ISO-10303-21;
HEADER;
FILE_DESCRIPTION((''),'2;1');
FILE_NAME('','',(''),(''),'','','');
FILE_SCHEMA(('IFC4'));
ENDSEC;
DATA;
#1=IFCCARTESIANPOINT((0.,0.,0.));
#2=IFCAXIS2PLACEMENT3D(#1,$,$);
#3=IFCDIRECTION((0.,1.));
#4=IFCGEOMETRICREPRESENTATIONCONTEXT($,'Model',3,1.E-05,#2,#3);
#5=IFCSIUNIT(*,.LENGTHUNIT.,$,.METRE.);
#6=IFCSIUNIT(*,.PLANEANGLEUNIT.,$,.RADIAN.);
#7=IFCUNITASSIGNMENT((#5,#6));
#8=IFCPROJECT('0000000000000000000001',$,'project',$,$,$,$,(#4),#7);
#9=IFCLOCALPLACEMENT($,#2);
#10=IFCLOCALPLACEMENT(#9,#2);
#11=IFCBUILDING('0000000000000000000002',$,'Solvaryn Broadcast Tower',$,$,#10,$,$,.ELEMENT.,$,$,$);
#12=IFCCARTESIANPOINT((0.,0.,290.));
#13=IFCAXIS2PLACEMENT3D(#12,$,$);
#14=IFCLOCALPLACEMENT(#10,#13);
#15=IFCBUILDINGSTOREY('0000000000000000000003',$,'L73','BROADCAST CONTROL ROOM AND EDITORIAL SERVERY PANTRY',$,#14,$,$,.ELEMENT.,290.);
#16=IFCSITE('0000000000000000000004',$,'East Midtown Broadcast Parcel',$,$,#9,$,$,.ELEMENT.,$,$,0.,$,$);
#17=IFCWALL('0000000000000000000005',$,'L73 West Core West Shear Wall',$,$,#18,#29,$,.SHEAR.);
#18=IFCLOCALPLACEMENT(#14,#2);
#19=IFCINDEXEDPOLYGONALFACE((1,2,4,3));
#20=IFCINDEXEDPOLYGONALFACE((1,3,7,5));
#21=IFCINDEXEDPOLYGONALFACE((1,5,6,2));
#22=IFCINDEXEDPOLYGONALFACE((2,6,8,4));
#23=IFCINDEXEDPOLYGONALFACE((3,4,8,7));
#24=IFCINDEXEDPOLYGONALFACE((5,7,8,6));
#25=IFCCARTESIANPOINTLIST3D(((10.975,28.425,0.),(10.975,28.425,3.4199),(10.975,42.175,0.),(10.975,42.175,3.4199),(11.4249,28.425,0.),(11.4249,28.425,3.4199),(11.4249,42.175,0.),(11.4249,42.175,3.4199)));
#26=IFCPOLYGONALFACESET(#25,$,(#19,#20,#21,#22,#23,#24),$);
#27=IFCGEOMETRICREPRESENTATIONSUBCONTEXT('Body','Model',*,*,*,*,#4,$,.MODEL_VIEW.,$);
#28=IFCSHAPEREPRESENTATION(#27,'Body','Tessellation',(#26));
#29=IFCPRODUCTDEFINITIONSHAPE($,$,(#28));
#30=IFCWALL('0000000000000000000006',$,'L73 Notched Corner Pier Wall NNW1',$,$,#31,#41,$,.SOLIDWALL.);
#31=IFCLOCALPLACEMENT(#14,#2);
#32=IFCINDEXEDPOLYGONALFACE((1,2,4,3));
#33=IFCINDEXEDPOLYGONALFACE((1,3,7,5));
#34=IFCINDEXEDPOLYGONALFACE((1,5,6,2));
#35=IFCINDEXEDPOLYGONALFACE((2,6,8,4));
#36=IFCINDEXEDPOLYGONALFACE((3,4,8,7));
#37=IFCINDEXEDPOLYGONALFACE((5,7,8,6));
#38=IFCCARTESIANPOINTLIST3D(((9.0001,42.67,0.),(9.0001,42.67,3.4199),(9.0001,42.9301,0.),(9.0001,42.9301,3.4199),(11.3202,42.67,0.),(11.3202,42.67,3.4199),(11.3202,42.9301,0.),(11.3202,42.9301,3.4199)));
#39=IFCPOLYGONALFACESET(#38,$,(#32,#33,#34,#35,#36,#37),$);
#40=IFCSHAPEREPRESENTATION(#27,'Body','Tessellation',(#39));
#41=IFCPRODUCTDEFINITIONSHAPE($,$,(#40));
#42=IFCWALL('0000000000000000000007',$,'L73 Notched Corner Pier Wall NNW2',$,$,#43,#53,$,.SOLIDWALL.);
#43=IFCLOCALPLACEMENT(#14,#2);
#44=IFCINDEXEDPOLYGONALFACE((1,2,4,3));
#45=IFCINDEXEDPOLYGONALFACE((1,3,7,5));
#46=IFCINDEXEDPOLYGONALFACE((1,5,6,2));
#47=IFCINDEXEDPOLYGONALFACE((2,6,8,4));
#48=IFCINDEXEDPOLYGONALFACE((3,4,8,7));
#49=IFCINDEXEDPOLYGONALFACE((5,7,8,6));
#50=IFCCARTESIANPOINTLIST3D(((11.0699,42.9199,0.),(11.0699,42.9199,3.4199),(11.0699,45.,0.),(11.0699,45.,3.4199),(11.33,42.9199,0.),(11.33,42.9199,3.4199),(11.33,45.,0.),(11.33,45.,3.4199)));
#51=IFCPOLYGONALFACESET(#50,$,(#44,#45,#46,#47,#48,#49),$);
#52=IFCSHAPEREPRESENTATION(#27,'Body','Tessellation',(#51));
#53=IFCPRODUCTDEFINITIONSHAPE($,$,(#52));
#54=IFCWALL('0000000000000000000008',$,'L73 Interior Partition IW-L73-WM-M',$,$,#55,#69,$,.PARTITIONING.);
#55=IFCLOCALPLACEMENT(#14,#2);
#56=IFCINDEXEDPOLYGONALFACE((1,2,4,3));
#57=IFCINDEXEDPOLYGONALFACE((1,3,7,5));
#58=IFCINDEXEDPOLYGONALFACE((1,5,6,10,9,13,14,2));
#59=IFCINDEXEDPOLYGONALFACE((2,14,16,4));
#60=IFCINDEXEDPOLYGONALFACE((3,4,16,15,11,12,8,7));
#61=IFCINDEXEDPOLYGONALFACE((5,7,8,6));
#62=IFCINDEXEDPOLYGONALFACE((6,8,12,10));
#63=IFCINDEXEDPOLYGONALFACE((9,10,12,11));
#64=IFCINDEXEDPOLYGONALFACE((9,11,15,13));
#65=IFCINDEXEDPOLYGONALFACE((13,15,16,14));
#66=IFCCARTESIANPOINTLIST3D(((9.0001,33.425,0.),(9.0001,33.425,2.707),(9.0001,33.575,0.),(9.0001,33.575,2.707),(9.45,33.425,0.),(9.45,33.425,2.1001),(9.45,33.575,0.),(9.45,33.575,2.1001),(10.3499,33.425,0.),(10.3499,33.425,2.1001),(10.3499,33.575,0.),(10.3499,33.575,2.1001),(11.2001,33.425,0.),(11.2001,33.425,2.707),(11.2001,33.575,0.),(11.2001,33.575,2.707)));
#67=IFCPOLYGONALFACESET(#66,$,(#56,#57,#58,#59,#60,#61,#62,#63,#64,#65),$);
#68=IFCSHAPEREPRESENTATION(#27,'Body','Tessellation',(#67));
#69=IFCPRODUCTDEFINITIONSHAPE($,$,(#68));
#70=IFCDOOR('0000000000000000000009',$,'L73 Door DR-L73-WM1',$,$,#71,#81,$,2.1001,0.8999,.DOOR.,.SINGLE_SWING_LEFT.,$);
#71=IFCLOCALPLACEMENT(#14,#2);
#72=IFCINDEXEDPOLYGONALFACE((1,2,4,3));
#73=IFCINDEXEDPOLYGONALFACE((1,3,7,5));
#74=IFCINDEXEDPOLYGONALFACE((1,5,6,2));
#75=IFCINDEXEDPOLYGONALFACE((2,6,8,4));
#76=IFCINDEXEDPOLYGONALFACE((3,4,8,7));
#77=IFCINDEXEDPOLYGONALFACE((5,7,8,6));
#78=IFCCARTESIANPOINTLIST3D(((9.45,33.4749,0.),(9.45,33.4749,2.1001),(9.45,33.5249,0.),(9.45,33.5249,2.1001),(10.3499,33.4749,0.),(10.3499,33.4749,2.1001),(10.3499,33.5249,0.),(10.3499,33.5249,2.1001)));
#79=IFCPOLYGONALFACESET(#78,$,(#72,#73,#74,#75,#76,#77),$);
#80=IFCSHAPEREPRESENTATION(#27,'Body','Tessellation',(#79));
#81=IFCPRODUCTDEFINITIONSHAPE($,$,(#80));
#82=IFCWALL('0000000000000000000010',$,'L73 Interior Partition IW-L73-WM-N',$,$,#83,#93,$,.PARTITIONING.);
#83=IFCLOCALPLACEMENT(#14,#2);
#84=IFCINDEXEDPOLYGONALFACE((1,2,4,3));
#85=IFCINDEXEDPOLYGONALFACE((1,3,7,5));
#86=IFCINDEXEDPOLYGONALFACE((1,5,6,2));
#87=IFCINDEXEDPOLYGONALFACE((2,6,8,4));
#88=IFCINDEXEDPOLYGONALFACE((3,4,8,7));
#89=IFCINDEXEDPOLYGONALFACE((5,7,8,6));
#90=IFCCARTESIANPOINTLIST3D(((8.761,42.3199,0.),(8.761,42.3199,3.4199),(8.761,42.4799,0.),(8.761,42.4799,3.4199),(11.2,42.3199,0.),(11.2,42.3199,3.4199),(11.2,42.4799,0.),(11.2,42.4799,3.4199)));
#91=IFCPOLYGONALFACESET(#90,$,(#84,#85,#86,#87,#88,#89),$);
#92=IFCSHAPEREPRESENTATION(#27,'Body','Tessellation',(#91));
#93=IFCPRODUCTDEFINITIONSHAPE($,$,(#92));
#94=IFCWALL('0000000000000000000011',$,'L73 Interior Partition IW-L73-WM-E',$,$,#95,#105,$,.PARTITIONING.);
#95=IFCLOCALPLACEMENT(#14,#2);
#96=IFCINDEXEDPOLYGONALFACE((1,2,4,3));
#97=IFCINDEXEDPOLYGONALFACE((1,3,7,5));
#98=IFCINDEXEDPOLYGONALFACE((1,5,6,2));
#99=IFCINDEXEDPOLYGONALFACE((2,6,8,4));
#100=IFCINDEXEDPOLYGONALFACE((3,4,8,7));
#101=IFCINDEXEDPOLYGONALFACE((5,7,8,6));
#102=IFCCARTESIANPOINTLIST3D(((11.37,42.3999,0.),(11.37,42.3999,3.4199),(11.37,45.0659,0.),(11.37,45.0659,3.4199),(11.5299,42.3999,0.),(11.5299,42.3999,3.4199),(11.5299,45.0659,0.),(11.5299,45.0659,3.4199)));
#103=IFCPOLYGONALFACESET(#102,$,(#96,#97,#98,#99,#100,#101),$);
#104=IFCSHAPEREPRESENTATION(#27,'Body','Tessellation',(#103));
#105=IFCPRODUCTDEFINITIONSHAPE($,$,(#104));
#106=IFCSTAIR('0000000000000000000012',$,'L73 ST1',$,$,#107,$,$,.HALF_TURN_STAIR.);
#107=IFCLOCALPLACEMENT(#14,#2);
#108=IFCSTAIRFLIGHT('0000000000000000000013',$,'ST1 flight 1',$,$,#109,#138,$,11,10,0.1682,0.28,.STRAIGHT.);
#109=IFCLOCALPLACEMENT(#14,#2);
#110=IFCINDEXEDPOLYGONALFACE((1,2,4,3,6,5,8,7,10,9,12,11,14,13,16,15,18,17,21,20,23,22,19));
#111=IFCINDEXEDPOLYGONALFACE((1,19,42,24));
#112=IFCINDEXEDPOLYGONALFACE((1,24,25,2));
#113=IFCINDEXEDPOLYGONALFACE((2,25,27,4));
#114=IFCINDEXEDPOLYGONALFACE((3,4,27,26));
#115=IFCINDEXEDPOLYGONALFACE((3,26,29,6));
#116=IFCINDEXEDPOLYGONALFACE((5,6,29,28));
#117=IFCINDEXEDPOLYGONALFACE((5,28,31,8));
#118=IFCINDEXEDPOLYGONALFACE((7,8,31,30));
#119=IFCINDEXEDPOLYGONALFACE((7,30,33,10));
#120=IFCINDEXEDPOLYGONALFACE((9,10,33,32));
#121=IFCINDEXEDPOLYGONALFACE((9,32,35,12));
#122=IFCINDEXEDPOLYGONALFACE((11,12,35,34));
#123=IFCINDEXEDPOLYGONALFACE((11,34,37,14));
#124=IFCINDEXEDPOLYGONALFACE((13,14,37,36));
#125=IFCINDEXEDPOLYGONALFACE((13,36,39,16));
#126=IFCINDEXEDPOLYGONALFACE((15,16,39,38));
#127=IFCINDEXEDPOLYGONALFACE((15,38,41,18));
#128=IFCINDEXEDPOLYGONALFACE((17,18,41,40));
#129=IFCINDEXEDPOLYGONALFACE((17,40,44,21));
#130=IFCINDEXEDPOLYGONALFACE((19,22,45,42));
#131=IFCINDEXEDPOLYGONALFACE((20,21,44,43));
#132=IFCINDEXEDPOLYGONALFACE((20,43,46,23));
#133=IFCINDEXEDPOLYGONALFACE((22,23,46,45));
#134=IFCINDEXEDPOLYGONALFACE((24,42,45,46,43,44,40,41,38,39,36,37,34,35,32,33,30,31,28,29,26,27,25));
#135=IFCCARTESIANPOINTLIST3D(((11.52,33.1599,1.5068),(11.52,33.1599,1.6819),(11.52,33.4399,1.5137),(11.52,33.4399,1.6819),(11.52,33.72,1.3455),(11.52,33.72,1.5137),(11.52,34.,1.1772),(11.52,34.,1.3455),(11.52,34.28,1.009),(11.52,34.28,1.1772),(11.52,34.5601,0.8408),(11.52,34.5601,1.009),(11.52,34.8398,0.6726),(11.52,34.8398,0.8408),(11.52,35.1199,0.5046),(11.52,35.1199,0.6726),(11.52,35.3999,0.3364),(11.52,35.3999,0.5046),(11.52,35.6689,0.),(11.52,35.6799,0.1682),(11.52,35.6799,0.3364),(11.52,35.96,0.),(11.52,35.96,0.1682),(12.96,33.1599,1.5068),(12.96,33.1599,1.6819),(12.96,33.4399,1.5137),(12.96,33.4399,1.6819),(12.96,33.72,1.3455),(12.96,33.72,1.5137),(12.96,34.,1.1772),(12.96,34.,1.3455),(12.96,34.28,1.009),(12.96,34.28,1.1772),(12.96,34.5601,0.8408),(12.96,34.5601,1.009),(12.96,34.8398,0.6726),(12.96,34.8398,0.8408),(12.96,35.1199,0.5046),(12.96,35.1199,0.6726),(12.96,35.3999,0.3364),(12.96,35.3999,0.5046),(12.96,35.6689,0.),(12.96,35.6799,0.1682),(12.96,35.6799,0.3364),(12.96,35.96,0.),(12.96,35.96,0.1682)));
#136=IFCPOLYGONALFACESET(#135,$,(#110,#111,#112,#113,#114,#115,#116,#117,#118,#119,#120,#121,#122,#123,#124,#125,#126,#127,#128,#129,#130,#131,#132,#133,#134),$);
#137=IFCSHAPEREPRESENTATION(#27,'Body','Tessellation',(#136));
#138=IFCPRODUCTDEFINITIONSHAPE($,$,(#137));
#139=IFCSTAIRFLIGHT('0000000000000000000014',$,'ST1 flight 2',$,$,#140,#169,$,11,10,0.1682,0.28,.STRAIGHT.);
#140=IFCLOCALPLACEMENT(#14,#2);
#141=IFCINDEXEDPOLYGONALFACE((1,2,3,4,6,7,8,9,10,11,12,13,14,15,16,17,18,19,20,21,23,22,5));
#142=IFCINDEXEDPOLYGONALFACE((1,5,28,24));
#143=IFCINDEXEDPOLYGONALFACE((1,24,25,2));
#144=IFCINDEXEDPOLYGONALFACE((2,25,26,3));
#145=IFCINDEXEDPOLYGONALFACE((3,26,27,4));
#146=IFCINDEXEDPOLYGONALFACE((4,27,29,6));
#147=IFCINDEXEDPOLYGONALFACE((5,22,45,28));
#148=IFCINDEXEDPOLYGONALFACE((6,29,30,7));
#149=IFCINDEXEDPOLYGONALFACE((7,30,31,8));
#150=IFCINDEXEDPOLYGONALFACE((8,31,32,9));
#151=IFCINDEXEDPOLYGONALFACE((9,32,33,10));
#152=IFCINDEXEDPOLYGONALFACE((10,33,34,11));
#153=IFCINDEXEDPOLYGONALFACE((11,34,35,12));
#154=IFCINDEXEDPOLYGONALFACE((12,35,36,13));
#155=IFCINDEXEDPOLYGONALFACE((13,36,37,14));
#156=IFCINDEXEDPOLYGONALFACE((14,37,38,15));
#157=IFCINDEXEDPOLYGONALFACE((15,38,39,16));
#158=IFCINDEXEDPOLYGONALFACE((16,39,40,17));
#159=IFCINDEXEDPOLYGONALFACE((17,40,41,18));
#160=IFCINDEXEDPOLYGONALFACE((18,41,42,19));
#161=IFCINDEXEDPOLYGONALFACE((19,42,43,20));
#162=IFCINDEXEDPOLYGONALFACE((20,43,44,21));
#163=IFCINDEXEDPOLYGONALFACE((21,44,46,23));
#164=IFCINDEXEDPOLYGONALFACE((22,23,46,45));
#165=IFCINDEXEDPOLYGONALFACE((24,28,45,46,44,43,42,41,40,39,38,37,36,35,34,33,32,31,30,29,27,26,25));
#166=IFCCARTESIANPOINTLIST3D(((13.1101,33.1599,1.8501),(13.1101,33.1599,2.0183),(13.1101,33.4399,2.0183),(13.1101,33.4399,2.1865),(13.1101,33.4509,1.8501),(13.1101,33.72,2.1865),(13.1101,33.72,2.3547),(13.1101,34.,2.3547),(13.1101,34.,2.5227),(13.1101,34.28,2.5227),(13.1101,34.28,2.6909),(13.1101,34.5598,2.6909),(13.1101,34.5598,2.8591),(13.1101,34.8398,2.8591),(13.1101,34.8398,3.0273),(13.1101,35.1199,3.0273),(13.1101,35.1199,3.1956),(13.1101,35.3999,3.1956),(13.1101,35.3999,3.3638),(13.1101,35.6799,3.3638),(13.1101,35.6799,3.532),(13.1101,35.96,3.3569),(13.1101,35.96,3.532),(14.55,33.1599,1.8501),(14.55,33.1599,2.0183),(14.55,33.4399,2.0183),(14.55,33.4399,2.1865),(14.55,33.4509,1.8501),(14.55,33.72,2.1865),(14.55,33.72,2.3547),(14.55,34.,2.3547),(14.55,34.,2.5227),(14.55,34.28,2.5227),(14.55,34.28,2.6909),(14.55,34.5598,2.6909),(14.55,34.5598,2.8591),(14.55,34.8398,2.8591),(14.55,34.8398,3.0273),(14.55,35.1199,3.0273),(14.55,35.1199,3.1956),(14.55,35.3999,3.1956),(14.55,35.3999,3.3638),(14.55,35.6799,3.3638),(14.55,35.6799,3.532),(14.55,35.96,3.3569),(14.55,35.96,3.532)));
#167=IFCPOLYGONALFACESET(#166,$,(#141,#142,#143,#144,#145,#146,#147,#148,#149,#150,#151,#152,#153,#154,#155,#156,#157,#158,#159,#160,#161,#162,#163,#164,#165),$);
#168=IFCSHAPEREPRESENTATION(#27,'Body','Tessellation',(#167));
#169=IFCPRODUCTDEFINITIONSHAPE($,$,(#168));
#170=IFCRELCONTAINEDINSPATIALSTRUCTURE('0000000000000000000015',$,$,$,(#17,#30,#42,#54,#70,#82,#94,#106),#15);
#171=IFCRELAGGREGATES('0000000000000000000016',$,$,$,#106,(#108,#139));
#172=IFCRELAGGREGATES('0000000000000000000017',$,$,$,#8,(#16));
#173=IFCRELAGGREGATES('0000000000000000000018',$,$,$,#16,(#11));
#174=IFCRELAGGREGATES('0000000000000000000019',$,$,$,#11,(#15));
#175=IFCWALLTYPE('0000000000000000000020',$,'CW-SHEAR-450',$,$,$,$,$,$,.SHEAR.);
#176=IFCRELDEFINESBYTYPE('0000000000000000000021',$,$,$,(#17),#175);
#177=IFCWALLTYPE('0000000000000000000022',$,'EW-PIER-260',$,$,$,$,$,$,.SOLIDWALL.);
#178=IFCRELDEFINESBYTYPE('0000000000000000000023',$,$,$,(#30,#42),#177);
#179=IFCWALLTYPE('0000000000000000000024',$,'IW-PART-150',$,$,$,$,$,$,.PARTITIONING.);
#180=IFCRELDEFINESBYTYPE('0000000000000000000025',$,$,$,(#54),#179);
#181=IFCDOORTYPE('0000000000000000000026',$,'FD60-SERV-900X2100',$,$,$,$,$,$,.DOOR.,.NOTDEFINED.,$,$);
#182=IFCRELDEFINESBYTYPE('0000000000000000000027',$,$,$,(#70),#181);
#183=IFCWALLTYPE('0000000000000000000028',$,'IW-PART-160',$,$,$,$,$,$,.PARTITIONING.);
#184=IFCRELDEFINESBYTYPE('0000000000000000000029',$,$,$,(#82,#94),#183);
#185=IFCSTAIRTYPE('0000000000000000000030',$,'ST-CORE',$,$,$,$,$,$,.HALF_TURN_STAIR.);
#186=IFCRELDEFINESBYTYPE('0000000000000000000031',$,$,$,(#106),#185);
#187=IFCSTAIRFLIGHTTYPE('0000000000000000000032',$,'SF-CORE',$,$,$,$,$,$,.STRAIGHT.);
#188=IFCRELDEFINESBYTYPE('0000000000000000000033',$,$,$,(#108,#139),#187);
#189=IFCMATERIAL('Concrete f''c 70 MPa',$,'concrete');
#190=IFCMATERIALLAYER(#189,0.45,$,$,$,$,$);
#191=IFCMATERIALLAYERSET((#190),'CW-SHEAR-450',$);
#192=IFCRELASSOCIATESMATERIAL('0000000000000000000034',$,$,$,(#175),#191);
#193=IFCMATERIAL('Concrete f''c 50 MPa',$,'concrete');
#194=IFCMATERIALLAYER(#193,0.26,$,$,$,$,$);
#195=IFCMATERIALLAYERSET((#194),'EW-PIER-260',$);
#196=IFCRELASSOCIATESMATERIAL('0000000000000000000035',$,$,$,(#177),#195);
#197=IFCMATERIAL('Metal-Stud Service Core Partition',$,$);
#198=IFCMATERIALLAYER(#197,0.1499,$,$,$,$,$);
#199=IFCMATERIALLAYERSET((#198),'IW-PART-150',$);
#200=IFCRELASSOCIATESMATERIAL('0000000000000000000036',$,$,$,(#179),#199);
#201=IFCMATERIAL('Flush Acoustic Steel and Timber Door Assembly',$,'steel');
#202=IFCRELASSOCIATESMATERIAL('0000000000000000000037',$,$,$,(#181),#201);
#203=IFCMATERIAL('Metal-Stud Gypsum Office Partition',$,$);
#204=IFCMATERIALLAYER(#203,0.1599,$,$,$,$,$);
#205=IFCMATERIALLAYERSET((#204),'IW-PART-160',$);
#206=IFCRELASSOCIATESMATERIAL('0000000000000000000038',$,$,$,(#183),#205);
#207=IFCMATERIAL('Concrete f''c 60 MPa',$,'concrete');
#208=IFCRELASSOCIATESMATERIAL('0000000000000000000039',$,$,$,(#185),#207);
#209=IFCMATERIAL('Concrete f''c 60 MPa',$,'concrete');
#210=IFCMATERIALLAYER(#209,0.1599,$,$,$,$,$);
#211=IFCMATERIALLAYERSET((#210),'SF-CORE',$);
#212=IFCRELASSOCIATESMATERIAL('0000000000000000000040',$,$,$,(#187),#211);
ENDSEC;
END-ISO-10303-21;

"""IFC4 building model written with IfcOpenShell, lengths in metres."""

from ifc_helpers import new_model, si_unit, direction, frame, frame_2d, origin, place, context, subcontext, project, spatial, polyline, rectangle, outline, extrude, material, layer, layer_set, type_object, element, fill, aggregate, save


model = new_model("IFC4")

# Units and contexts
model_context = context("Model", 3, precision=1e-05, world=origin(), true_north=direction((0.0, 1.0)))
body_context = subcontext(model_context, "Body", "Model", "MODEL_VIEW")
ifc_project = project(units=[si_unit("LENGTHUNIT", "METRE"), si_unit("PLANEANGLEUNIT", "RADIAN")], contexts=[model_context])

# Site, building, storey
site_placement = place(None, origin())
site = spatial("IfcSite", under=ifc_project, at=site_placement, Name="East Midtown Broadcast Parcel", CompositionType="ELEMENT", RefElevation=0.0)
building_placement = place(site_placement, origin())
building = spatial("IfcBuilding", under=site, at=building_placement, Name="Solvaryn Broadcast Tower", CompositionType="ELEMENT")
storey_placement = place(building_placement, frame((0.0, 0.0, 290.0)))
storey = spatial("IfcBuildingStorey", under=building, at=storey_placement, Name="L73", Description="BROADCAST CONTROL ROOM AND EDITORIAL SERVERY PANTRY", CompositionType="ELEMENT", Elevation=290.0)

# Walls
ifc_material_1 = material(Name="Concrete f'c 70 MPa", Category="concrete")
ifc_layer_1 = layer(ifc_material_1, 0.45)
ifc_layer_set_1 = layer_set([ifc_layer_1], Name="CW-SHEAR-450")
wall_type_1 = type_object("IfcWallType", Name="CW-SHEAR-450", PredefinedType="SHEAR", material=ifc_layer_set_1)
wall_1_placement = place(storey_placement, frame((11.2, 42.175, 0.0), z_axis=(0.0, 0.0, 1.0), x_axis=(0.0, -1.0, 0.0)))
element("IfcWall", 1, at=wall_1_placement, inside=storey, type_object=wall_type_1, Name="L73 West Core West Shear Wall", PredefinedType="SHEAR", context=body_context, shape_type="SweptSolid", body=[
    extrude(rectangle(XDim=13.75, YDim=0.45, at=frame_2d((6.875, 0.0))), origin(), (0.0, 0.0, 1.0), 3.4199),
])
ifc_material_2 = material(Name="Concrete f'c 50 MPa", Category="concrete")
ifc_layer_2 = layer(ifc_material_2, 0.26)
ifc_layer_set_2 = layer_set([ifc_layer_2], Name="EW-PIER-260")
wall_type_2 = type_object("IfcWallType", Name="EW-PIER-260", PredefinedType="SOLIDWALL", material=ifc_layer_set_2)
wall_2_placement = place(storey_placement, frame((9.0, 42.8, 0.0), z_axis=(0.0, 0.0, 1.0), x_axis=(1.0, 0.0, 0.0)))
element("IfcWall", 2, at=wall_2_placement, inside=storey, type_object=wall_type_2, Name="L73 Notched Corner Pier Wall NNW1", PredefinedType="SOLIDWALL", context=body_context, shape_type="SweptSolid", body=[
    extrude(rectangle(XDim=2.3201, YDim=0.26, at=frame_2d((1.1602, 0.0))), origin(), (0.0, 0.0, 1.0), 3.4199),
])
wall_3_placement = place(storey_placement, frame((11.2, 42.9199, 0.0), z_axis=(0.0, 0.0, 1.0), x_axis=(0.0, 1.0, 0.0)))
element("IfcWall", 3, at=wall_3_placement, inside=storey, type_object=wall_type_2, Name="L73 Notched Corner Pier Wall NNW2", PredefinedType="SOLIDWALL", context=body_context, shape_type="SweptSolid", body=[
    extrude(rectangle(XDim=2.0801, YDim=0.26, at=frame_2d((1.04, 0.0))), origin(), (0.0, 0.0, 1.0), 3.4199),
])

# Wall, opening, door
ifc_material_3 = material(Name="Metal-Stud Service Core Partition")
ifc_layer_3 = layer(ifc_material_3, 0.1499)
ifc_layer_set_3 = layer_set([ifc_layer_3], Name="IW-PART-150")
wall_type_3 = type_object("IfcWallType", Name="IW-PART-150", PredefinedType="PARTITIONING", material=ifc_layer_set_3)
wall_4_placement = place(storey_placement, frame((9.0, 33.5, 0.0), z_axis=(0.0, 0.0, 1.0), x_axis=(1.0, 0.0, 0.0)))
wall_4 = element("IfcWall", 4, at=wall_4_placement, inside=storey, type_object=wall_type_3, Name="L73 Interior Partition IW-L73-WM-M", PredefinedType="PARTITIONING", context=body_context, shape_type="SweptSolid", body=[
    extrude(rectangle(XDim=2.2, YDim=0.1499, at=frame_2d((1.1001, 0.0))), origin(), (0.0, 0.0, 1.0), 2.707),
])
opening_placement = place(wall_4_placement, frame((0.45, 0.0, 0.0)))
opening = element("IfcOpeningElement", 5, at=opening_placement, cuts=wall_4, PredefinedType="OPENING", context=body_context, shape_type="SweptSolid", body=[
    extrude(rectangle(XDim=0.8999, YDim=2.1001, at=frame_2d((0.45, 1.05))), frame((0.0, 0.085, 0.0), z_axis=(0.0, -1.0, 0.0), x_axis=(1.0, 0.0, 0.0)), (0.0, 0.0, 1.0), 0.1699),
])
ifc_material_4 = material(Name="Flush Acoustic Steel and Timber Door Assembly", Category="steel")
door_type = type_object("IfcDoorType", Name="FD60-SERV-900X2100", OperationType="NOTDEFINED", PredefinedType="DOOR", material=ifc_material_4)
door_placement = place(opening_placement, origin())
door = element("IfcDoor", 6, at=door_placement, inside=storey, type_object=door_type, Name="L73 Door DR-L73-WM1", OperationType="SINGLE_SWING_LEFT", OverallHeight=2.1001, OverallWidth=0.8999, PredefinedType="DOOR", context=body_context, shape_type="SweptSolid", body=[
    extrude(rectangle(XDim=0.8999, YDim=2.1001, at=frame_2d((0.45, 1.05))), frame((0.0, 0.0249, 0.0), z_axis=(0.0, -1.0, 0.0), x_axis=(1.0, 0.0, 0.0)), (0.0, 0.0, 1.0), 0.05),
])
fill(opening, door)

# Walls
ifc_material_5 = material(Name="Metal-Stud Gypsum Office Partition")
ifc_layer_4 = layer(ifc_material_5, 0.1599)
ifc_layer_set_4 = layer_set([ifc_layer_4], Name="IW-PART-160")
wall_type_4 = type_object("IfcWallType", Name="IW-PART-160", PredefinedType="PARTITIONING", material=ifc_layer_set_4)
wall_5_placement = place(storey_placement, frame((8.761, 42.3999, 0.0), z_axis=(0.0, 0.0, 1.0), x_axis=(1.0, 0.0, 0.0)))
element("IfcWall", 7, at=wall_5_placement, inside=storey, type_object=wall_type_4, Name="L73 Interior Partition IW-L73-WM-N", PredefinedType="PARTITIONING", context=body_context, shape_type="SweptSolid", body=[
    extrude(rectangle(XDim=2.439, YDim=0.1599, at=frame_2d((1.2195, 0.0))), origin(), (0.0, 0.0, 1.0), 3.4199),
])
wall_6_placement = place(storey_placement, frame((11.45, 42.3999, 0.0), z_axis=(0.0, 0.0, 1.0), x_axis=(0.0, 1.0, 0.0)))
element("IfcWall", 8, at=wall_6_placement, inside=storey, type_object=wall_type_4, Name="L73 Interior Partition IW-L73-WM-E", PredefinedType="PARTITIONING", context=body_context, shape_type="SweptSolid", body=[
    extrude(rectangle(XDim=2.666, YDim=0.1599, at=frame_2d((1.333, 0.0))), origin(), (0.0, 0.0, 1.0), 3.4199),
])

# Stair, stair flights
ifc_material_6 = material(Name="Concrete f'c 60 MPa", Category="concrete")
stair_type = type_object("IfcStairType", Name="ST-CORE", PredefinedType="HALF_TURN_STAIR", material=ifc_material_6)
stair_placement = place(storey_placement, origin())
stair = element("IfcStair", 9, at=stair_placement, inside=storey, type_object=stair_type, Name="L73 ST1", PredefinedType="HALF_TURN_STAIR")
ifc_material_7 = material(Name="Concrete f'c 60 MPa", Category="concrete")
ifc_layer_5 = layer(ifc_material_7, 0.1599)
ifc_layer_set_5 = layer_set([ifc_layer_5], Name="SF-CORE")
stair_flight_type = type_object("IfcStairFlightType", Name="SF-CORE", PredefinedType="STRAIGHT", material=ifc_layer_set_5)
stair_flight_1_placement = place(storey_placement, frame((12.24, 35.96, 0.0), z_axis=(0.0, 0.0, 1.0), x_axis=(0.0, -1.0, 0.0)))
stair_flight_1 = element("IfcStairFlight", 10, at=stair_flight_1_placement, type_object=stair_flight_type, Name="ST1 flight 1", NumberOfRisers=11, NumberOfTreads=10, PredefinedType="STRAIGHT", RiserHeight=0.1682, TreadLength=0.28, context=body_context, shape_type="SweptSolid", body=[
    extrude(outline(polyline([(0.0, 0.0), (0.0, 0.1682), (0.28, 0.1682), (0.28, 0.3364), (0.5601, 0.3364), (0.5601, 0.5046), (0.8401, 0.5046), (0.8401, 0.6726), (1.1201, 0.6726), (1.1201, 0.8408), (1.3999, 0.8408), (1.3999, 1.009), (1.6799, 1.009), (1.6799, 1.1772), (1.96, 1.1772), (1.96, 1.3455), (2.24, 1.3455), (2.24, 1.5137), (2.52, 1.5137), (2.52, 1.6819), (2.8, 1.6819), (2.8, 1.8501), (2.8, 1.5068), (0.291, 0.0), (0.0, 0.0)])), frame((0.0, 0.72, 0.0), z_axis=(0.0, -1.0, 0.0), x_axis=(1.0, 0.0, 0.0)), (0.0, 0.0, 1.0), 1.4399),
])
stair_flight_2_placement = place(storey_placement, frame((13.8301, 33.1599, 1.8501), z_axis=(0.0, 0.0, 1.0), x_axis=(0.0, 1.0, 0.0)))
stair_flight_2 = element("IfcStairFlight", 11, at=stair_flight_2_placement, type_object=stair_flight_type, Name="ST1 flight 2", NumberOfRisers=11, NumberOfTreads=10, PredefinedType="STRAIGHT", RiserHeight=0.1682, TreadLength=0.28, context=body_context, shape_type="SweptSolid", body=[
    extrude(outline(polyline([(0.0, 0.0), (0.0, 0.1682), (0.28, 0.1682), (0.28, 0.3364), (0.5601, 0.3364), (0.5601, 0.5046), (0.8401, 0.5046), (0.8401, 0.6726), (1.1201, 0.6726), (1.1201, 0.8408), (1.3999, 0.8408), (1.3999, 1.009), (1.6799, 1.009), (1.6799, 1.1772), (1.96, 1.1772), (1.96, 1.3455), (2.24, 1.3455), (2.24, 1.5137), (2.52, 1.5137), (2.52, 1.6819), (2.8, 1.6819), (2.8, 1.8501), (2.8, 1.5068), (0.291, 0.0), (0.0, 0.0)])), frame((0.0, 0.72, 0.0), z_axis=(0.0, -1.0, 0.0), x_axis=(1.0, 0.0, 0.0)), (0.0, 0.0, 1.0), 1.4399),
])
aggregate(stair, [stair_flight_1, stair_flight_2])

save(model, "model.ifc")
